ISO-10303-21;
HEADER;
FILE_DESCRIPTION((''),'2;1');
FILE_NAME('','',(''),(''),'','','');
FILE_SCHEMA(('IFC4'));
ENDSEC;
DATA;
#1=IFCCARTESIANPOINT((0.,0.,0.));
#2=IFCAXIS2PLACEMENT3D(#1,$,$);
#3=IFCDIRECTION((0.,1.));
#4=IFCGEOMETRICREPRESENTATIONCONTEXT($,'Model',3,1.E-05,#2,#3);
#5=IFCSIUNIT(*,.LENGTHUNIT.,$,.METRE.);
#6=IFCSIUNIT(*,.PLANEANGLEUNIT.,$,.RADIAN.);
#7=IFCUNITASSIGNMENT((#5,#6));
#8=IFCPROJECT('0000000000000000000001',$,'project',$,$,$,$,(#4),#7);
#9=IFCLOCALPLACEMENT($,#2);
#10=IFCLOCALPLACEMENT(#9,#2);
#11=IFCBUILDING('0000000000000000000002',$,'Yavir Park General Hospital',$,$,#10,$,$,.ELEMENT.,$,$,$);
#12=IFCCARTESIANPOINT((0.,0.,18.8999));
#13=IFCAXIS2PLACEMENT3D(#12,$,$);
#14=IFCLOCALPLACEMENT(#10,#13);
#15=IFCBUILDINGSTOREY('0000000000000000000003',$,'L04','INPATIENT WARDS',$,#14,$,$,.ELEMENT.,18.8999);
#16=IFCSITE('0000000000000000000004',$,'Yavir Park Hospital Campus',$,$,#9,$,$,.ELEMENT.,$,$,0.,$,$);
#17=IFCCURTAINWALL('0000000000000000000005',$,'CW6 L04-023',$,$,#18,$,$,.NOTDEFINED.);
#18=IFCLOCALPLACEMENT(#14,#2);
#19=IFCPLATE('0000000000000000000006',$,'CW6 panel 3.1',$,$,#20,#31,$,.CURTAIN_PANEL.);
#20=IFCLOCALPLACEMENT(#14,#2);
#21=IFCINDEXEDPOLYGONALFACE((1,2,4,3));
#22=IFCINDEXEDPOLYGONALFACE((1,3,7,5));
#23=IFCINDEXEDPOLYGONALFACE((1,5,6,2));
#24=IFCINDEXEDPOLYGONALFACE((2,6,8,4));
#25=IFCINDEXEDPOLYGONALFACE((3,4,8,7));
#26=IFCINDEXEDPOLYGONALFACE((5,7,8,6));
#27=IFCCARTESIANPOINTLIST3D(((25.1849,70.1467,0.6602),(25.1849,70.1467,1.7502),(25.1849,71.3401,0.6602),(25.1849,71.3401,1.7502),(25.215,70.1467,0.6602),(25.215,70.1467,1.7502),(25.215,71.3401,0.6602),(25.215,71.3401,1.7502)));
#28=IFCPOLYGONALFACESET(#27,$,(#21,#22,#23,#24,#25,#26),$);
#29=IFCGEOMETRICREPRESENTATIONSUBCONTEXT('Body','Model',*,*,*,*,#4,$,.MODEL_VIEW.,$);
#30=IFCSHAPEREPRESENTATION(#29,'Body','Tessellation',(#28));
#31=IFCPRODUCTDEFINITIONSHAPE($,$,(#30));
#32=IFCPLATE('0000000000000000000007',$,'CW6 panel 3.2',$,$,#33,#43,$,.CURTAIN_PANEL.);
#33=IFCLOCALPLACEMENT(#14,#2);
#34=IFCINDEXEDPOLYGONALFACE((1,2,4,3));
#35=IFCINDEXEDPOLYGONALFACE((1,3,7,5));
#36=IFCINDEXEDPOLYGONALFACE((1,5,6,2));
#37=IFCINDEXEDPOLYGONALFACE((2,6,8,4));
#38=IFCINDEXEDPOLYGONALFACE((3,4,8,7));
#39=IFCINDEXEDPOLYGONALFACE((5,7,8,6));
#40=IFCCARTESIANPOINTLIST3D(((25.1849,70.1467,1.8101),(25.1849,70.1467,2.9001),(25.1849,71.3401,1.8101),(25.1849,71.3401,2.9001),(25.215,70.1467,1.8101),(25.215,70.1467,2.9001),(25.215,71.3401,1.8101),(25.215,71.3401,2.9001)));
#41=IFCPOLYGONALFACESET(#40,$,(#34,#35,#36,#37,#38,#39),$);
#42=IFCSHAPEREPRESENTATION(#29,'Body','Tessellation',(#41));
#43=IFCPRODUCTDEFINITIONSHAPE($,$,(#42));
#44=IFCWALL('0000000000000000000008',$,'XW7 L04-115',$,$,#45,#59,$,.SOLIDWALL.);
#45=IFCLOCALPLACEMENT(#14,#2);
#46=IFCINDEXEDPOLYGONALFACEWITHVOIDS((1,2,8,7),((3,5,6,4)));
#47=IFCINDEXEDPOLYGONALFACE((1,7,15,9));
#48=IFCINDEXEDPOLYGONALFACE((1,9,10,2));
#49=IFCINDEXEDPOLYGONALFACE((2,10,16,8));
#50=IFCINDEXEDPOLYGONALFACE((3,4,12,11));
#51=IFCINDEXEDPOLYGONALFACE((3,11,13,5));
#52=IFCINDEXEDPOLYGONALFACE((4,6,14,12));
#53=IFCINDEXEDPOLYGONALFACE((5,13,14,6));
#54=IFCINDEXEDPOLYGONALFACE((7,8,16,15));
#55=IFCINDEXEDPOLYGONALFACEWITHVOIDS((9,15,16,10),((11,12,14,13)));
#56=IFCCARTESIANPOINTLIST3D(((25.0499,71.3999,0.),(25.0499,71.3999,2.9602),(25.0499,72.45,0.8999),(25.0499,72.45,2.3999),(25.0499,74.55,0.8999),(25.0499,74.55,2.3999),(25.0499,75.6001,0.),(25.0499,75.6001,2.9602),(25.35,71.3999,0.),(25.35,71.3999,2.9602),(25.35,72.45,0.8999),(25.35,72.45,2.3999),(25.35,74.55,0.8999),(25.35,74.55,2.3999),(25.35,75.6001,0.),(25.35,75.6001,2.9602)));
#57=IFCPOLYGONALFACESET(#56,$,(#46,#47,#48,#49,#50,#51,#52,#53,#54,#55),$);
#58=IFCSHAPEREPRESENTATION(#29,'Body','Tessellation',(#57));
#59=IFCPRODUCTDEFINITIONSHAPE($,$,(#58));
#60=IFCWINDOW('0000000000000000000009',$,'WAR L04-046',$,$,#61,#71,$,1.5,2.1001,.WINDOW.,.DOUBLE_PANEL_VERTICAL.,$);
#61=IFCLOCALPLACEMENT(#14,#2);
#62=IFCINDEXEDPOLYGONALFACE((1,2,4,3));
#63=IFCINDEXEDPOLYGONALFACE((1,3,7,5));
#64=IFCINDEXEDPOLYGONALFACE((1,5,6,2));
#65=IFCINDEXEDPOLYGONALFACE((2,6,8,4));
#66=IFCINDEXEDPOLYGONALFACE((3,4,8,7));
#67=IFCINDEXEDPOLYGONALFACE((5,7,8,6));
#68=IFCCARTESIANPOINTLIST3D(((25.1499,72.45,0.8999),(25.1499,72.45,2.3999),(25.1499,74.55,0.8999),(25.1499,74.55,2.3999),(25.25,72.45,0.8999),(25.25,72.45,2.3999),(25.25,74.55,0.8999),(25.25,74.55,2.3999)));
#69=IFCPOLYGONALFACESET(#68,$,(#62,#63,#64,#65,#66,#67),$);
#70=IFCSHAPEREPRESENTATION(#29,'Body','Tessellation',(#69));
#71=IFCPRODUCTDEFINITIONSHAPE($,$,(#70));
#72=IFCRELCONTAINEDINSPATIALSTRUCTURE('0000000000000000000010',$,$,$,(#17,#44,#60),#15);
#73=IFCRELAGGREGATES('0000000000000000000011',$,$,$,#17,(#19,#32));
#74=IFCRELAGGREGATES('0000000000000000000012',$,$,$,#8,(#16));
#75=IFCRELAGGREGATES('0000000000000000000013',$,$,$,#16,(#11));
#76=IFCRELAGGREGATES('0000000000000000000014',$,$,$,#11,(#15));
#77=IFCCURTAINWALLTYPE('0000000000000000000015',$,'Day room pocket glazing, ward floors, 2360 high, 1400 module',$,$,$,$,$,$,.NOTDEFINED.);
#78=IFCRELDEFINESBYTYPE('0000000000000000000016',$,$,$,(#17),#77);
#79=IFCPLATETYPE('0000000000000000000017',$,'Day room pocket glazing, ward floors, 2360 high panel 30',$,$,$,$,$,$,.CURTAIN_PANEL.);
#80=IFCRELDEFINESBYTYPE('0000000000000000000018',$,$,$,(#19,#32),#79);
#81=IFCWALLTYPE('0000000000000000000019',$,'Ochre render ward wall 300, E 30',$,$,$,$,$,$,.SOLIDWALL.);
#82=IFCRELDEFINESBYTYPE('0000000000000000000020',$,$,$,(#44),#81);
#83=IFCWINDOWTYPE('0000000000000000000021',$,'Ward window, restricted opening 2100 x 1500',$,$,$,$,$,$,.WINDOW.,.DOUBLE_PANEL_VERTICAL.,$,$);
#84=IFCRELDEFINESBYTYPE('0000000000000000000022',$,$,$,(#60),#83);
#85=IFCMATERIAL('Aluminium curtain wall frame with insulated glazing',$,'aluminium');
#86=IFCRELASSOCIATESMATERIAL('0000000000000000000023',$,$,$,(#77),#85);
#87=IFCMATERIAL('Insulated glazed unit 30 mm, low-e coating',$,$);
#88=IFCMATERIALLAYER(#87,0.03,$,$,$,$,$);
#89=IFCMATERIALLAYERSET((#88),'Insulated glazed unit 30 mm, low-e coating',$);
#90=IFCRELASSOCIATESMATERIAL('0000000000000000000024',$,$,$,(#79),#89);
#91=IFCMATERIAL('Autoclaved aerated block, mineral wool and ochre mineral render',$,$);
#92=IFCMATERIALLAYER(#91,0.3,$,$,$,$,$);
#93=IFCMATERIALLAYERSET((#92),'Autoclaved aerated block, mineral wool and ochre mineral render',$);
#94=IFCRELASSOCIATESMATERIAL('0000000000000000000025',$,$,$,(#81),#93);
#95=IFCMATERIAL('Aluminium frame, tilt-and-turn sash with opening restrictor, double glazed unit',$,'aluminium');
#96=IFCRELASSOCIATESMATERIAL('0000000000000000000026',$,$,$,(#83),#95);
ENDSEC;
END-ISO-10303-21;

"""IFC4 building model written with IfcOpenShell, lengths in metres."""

from ifc_helpers import new_model, si_unit, direction, frame, frame_2d, origin, origin_2d, place, context, subcontext, project, spatial, rectangle, extrude, material, layer, layer_set, type_object, element, fill, aggregate, save


model = new_model("IFC4")

# Units and contexts
model_context = context("Model", 3, precision=1e-05, world=origin(), true_north=direction((0.0, 1.0)))
body_context = subcontext(model_context, "Body", "Model", "MODEL_VIEW")
ifc_project = project(units=[si_unit("LENGTHUNIT", "METRE"), si_unit("PLANEANGLEUNIT", "RADIAN")], contexts=[model_context])

# Site, building, storey
site_placement = place(None, origin())
site = spatial("IfcSite", under=ifc_project, at=site_placement, Name="Yavir Park Hospital Campus", CompositionType="ELEMENT", RefElevation=0.0)
building_placement = place(site_placement, origin())
building = spatial("IfcBuilding", under=site, at=building_placement, Name="Yavir Park General Hospital", CompositionType="ELEMENT")
storey_placement = place(building_placement, frame((0.0, 0.0, 18.8999)))
storey = spatial("IfcBuildingStorey", under=building, at=storey_placement, Name="L04", Description="INPATIENT WARDS", CompositionType="ELEMENT", Elevation=18.8999)

# Curtain wall
ifc_material_1 = material(Name="Aluminium curtain wall frame with insulated glazing", Category="aluminium")
curtain_wall_type_1 = type_object("IfcCurtainWallType", Name="Day room pocket glazing, ward floors, 2360 high, 1400 module", PredefinedType="NOTDEFINED", material=ifc_material_1)
curtain_wall_1_placement = place(storey_placement, origin())
curtain_wall_1 = element("IfcCurtainWall", 1, at=curtain_wall_1_placement, inside=storey, type_object=curtain_wall_type_1, Name="CW6 L04-023", PredefinedType="NOTDEFINED")

# Plates
ifc_material_2 = material(Name="Insulated glazed unit 30 mm, low-e coating")
ifc_layer_1 = layer(ifc_material_2, 0.03)
ifc_layer_set_1 = layer_set([ifc_layer_1], Name="Insulated glazed unit 30 mm, low-e coating")
plate_type = type_object("IfcPlateType", Name="Day room pocket glazing, ward floors, 2360 high panel 30", PredefinedType="CURTAIN_PANEL", material=ifc_layer_set_1)
plate_1_placement = place(storey_placement, frame((25.2, 70.7434, 0.6602), z_axis=(0.0, 0.0, 1.0), x_axis=(0.0, 1.0, 0.0)))
plate_1 = element("IfcPlate", 2, at=plate_1_placement, type_object=plate_type, Name="CW6 panel 3.1", PredefinedType="CURTAIN_PANEL", context=body_context, shape_type="SweptSolid", body=[
    extrude(rectangle(XDim=1.1934, YDim=0.03, at=origin_2d()), origin(), (0.0, 0.0, 1.0), 1.0901),
])
plate_2_placement = place(storey_placement, frame((25.2, 70.7434, 1.8101), z_axis=(0.0, 0.0, 1.0), x_axis=(0.0, 1.0, 0.0)))
plate_2 = element("IfcPlate", 3, at=plate_2_placement, type_object=plate_type, Name="CW6 panel 3.2", PredefinedType="CURTAIN_PANEL", context=body_context, shape_type="SweptSolid", body=[
    extrude(rectangle(XDim=1.1934, YDim=0.03, at=origin_2d()), origin(), (0.0, 0.0, 1.0), 1.0901),
])
aggregate(curtain_wall_1, [plate_1, plate_2])

# Wall, opening, window
ifc_material_3 = material(Name="Autoclaved aerated block, mineral wool and ochre mineral render")
ifc_layer_2 = layer(ifc_material_3, 0.3)
ifc_layer_set_2 = layer_set([ifc_layer_2], Name="Autoclaved aerated block, mineral wool and ochre mineral render")
wall_type = type_object("IfcWallType", Name="Ochre render ward wall 300, E 30", PredefinedType="SOLIDWALL", material=ifc_layer_set_2)
wall_placement = place(storey_placement, frame((25.2, 71.3999, 0.0), z_axis=(0.0, 0.0, 1.0), x_axis=(0.0, 1.0, 0.0)))
wall = element("IfcWall", 4, at=wall_placement, inside=storey, type_object=wall_type, Name="XW7 L04-115", PredefinedType="SOLIDWALL", context=body_context, shape_type="SweptSolid", body=[
    extrude(rectangle(XDim=4.2002, YDim=0.3, at=frame_2d((2.1001, 0.0))), origin(), (0.0, 0.0, 1.0), 2.9602),
])
opening_placement = place(wall_placement, frame((1.05, 0.0, 0.8999)))
opening = element("IfcOpeningElement", 5, at=opening_placement, cuts=wall, PredefinedType="OPENING", context=body_context, shape_type="SweptSolid", body=[
    extrude(rectangle(XDim=2.1001, YDim=1.5, at=frame_2d((1.05, 0.75))), frame((0.0, 0.1599, 0.0), z_axis=(0.0, -1.0, 0.0), x_axis=(1.0, 0.0, 0.0)), (0.0, 0.0, 1.0), 0.3201),
])
ifc_material_4 = material(Name="Aluminium frame, tilt-and-turn sash with opening restrictor, double glazed unit", Category="aluminium")
window_type = type_object("IfcWindowType", Name="Ward window, restricted opening 2100 x 1500", PartitioningType="DOUBLE_PANEL_VERTICAL", PredefinedType="WINDOW", material=ifc_material_4)
window_placement = place(opening_placement, origin())
window = element("IfcWindow", 6, at=window_placement, inside=storey, type_object=window_type, Name="WAR L04-046", OverallHeight=1.5, OverallWidth=2.1001, PartitioningType="DOUBLE_PANEL_VERTICAL", PredefinedType="WINDOW", context=body_context, shape_type="SweptSolid", body=[
    extrude(rectangle(XDim=2.1001, YDim=1.5, at=frame_2d((1.05, 0.75))), frame((0.0, 0.05, 0.0), z_axis=(0.0, -1.0, 0.0), x_axis=(1.0, 0.0, 0.0)), (0.0, 0.0, 1.0), 0.1001),
])
fill(opening, window)

save(model, "model.ifc")
